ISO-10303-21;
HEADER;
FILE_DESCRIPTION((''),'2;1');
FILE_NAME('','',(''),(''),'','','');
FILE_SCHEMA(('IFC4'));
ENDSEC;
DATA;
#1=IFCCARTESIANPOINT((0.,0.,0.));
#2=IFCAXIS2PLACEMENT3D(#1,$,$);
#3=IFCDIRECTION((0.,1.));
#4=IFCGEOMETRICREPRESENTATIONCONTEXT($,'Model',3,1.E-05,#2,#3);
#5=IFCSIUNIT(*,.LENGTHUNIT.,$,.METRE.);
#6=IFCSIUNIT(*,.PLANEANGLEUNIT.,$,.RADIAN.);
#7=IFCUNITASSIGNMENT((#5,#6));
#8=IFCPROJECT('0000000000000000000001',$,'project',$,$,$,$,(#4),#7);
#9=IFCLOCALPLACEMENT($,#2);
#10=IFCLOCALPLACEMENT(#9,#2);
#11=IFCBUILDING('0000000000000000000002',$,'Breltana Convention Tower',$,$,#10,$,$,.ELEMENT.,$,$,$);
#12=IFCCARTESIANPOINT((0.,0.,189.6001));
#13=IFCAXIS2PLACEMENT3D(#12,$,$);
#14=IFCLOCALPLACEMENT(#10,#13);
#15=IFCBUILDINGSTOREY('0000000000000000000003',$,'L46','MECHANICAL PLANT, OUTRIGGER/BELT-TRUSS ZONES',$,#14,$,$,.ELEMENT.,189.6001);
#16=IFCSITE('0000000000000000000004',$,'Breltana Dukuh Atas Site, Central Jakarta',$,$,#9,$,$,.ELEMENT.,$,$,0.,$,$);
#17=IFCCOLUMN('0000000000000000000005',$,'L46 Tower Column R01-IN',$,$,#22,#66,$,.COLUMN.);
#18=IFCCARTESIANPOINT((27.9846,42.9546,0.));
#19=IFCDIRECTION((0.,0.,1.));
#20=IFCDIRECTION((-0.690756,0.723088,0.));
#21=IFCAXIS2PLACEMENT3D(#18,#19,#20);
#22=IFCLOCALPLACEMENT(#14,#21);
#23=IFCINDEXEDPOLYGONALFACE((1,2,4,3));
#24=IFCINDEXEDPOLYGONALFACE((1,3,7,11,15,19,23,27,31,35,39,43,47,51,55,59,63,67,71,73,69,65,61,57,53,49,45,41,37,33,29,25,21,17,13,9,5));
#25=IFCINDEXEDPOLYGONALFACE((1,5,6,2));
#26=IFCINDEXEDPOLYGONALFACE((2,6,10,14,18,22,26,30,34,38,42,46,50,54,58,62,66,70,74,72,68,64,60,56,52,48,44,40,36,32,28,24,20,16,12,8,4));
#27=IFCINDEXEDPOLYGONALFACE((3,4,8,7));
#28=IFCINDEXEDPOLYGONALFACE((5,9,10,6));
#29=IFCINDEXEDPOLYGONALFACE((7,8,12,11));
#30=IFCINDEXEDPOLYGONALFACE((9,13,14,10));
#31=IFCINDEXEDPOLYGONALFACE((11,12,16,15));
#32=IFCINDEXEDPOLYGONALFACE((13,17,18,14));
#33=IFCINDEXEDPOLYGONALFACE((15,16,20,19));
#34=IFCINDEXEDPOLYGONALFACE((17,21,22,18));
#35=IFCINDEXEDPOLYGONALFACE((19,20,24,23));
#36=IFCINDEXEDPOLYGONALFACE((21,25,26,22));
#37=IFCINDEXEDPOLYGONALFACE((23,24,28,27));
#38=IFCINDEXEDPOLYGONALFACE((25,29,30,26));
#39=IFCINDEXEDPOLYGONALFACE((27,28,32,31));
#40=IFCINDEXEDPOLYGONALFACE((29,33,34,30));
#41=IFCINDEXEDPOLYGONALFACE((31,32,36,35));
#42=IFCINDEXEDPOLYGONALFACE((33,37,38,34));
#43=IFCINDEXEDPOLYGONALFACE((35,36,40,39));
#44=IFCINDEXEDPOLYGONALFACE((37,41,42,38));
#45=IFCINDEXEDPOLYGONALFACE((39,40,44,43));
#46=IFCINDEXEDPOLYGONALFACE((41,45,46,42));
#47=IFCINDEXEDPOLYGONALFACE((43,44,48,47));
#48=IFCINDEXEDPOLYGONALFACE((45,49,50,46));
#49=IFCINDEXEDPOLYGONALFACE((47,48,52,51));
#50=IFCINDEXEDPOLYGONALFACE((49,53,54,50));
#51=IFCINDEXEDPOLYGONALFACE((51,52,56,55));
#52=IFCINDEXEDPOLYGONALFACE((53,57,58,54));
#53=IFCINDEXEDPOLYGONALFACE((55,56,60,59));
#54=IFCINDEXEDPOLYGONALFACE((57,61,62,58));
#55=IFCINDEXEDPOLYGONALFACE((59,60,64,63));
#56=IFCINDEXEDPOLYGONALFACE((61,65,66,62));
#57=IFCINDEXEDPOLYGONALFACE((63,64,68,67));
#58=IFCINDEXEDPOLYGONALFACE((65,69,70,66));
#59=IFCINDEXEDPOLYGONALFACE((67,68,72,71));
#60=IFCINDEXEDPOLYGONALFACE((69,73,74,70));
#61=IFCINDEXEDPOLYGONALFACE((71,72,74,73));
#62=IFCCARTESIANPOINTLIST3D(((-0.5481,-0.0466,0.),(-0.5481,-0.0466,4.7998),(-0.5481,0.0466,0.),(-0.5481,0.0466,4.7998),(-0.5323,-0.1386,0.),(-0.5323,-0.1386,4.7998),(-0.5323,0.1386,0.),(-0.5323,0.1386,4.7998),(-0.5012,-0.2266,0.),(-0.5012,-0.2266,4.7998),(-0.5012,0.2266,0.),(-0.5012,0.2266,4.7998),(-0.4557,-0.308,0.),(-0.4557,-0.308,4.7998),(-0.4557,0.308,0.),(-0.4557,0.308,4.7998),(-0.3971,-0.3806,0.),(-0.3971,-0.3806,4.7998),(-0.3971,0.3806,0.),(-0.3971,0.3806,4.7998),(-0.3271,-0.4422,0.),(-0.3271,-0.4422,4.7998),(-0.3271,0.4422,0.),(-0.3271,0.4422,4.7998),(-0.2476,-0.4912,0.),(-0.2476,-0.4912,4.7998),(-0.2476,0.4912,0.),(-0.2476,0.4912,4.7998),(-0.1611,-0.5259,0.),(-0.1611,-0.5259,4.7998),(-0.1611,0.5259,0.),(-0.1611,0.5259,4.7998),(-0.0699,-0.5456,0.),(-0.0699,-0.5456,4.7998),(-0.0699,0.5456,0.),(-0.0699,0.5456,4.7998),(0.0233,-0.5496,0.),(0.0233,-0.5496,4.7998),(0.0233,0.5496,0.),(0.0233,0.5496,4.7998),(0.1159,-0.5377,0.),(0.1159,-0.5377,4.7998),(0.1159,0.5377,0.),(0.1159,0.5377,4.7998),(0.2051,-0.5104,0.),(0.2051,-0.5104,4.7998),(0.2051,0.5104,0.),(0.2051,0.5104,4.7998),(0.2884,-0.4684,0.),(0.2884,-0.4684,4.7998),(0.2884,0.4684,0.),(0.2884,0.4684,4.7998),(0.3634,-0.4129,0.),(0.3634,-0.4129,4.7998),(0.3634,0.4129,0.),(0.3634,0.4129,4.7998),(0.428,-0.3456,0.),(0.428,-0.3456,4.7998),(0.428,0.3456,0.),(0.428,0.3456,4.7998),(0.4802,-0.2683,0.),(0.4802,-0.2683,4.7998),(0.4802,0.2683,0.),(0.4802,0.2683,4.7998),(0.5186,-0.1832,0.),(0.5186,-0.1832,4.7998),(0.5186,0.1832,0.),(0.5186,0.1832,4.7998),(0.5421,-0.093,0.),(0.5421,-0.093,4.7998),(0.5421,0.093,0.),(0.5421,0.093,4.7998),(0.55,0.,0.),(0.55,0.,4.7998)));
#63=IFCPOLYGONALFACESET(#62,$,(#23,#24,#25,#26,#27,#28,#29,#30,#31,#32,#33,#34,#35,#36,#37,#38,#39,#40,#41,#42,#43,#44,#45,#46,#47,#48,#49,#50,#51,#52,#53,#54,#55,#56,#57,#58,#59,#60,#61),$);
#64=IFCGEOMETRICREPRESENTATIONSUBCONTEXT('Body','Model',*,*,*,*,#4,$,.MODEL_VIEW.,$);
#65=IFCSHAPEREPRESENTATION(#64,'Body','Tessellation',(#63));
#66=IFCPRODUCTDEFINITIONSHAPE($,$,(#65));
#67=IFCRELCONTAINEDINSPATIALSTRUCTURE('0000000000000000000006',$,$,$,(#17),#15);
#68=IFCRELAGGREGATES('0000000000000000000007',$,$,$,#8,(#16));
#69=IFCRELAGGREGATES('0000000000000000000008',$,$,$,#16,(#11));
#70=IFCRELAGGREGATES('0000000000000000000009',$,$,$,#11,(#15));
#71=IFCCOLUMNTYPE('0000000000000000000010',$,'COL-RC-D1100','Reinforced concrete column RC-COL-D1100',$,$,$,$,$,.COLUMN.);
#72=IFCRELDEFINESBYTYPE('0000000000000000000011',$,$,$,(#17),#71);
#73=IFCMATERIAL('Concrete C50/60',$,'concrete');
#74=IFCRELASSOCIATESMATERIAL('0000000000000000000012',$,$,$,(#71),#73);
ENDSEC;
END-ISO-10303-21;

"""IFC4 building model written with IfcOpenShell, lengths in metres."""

from ifc_helpers import new_model, si_unit, direction, frame, origin, origin_2d, place, context, subcontext, project, spatial, circle, extrude, source, transform, mapped, material, material_profile, profile_set, type_object, element, save


model = new_model("IFC4")

# Units and contexts
model_context = context("Model", 3, precision=1e-05, world=origin(), true_north=direction((0.0, 1.0)))
body_context = subcontext(model_context, "Body", "Model", "MODEL_VIEW")
ifc_project = project(units=[si_unit("LENGTHUNIT", "METRE"), si_unit("PLANEANGLEUNIT", "RADIAN")], contexts=[model_context])

# Site, building, storey
site_placement = place(None, origin())
site = spatial("IfcSite", under=ifc_project, at=site_placement, Name="Breltana Dukuh Atas Site, Central Jakarta", CompositionType="ELEMENT", RefElevation=0.0)
building_placement = place(site_placement, origin())
building = spatial("IfcBuilding", under=site, at=building_placement, Name="Breltana Convention Tower", CompositionType="ELEMENT")
storey_placement = place(building_placement, frame((0.0, 0.0, 189.6001)))
storey = spatial("IfcBuildingStorey", under=building, at=storey_placement, Name="L46", Description="MECHANICAL PLANT, OUTRIGGER/BELT-TRUSS ZONES", CompositionType="ELEMENT", Elevation=189.6001)

# Column
ifc_material_1 = material(Name="Concrete C50/60", Category="concrete")
ifc_material_profile_1 = material_profile(ifc_material_1, circle(Radius=0.55, at=origin_2d()), Name="RC-COL-D1100")
ifc_profile_set_1 = profile_set([ifc_material_profile_1], Name="Concrete C50/60")
column_type = type_object("IfcColumnType", Name="COL-RC-D1100", Description="Reinforced concrete column RC-COL-D1100", PredefinedType="COLUMN", material=ifc_profile_set_1)
shared_shape_1 = source(origin(), body_context, "Body", "SweptSolid", [
    extrude(circle(Radius=0.55, at=origin_2d()), origin(), (0.0, 0.0, 1.0), 4.7998),
])
column_placement = place(storey_placement, frame((27.9846, 42.9546, 0.0), z_axis=(0.0, 0.0, 1.0), x_axis=(-0.690756, 0.723088, 0.0)))
element("IfcColumn", 1, at=column_placement, inside=storey, type_object=column_type, Name="L46 Tower Column R01-IN", PredefinedType="COLUMN", context=body_context, shape_type="MappedRepresentation", body=[
    mapped(shared_shape_1, transform((0.0, 0.0, 0.0), scale=1.0)),
])

save(model, "model.ifc")
